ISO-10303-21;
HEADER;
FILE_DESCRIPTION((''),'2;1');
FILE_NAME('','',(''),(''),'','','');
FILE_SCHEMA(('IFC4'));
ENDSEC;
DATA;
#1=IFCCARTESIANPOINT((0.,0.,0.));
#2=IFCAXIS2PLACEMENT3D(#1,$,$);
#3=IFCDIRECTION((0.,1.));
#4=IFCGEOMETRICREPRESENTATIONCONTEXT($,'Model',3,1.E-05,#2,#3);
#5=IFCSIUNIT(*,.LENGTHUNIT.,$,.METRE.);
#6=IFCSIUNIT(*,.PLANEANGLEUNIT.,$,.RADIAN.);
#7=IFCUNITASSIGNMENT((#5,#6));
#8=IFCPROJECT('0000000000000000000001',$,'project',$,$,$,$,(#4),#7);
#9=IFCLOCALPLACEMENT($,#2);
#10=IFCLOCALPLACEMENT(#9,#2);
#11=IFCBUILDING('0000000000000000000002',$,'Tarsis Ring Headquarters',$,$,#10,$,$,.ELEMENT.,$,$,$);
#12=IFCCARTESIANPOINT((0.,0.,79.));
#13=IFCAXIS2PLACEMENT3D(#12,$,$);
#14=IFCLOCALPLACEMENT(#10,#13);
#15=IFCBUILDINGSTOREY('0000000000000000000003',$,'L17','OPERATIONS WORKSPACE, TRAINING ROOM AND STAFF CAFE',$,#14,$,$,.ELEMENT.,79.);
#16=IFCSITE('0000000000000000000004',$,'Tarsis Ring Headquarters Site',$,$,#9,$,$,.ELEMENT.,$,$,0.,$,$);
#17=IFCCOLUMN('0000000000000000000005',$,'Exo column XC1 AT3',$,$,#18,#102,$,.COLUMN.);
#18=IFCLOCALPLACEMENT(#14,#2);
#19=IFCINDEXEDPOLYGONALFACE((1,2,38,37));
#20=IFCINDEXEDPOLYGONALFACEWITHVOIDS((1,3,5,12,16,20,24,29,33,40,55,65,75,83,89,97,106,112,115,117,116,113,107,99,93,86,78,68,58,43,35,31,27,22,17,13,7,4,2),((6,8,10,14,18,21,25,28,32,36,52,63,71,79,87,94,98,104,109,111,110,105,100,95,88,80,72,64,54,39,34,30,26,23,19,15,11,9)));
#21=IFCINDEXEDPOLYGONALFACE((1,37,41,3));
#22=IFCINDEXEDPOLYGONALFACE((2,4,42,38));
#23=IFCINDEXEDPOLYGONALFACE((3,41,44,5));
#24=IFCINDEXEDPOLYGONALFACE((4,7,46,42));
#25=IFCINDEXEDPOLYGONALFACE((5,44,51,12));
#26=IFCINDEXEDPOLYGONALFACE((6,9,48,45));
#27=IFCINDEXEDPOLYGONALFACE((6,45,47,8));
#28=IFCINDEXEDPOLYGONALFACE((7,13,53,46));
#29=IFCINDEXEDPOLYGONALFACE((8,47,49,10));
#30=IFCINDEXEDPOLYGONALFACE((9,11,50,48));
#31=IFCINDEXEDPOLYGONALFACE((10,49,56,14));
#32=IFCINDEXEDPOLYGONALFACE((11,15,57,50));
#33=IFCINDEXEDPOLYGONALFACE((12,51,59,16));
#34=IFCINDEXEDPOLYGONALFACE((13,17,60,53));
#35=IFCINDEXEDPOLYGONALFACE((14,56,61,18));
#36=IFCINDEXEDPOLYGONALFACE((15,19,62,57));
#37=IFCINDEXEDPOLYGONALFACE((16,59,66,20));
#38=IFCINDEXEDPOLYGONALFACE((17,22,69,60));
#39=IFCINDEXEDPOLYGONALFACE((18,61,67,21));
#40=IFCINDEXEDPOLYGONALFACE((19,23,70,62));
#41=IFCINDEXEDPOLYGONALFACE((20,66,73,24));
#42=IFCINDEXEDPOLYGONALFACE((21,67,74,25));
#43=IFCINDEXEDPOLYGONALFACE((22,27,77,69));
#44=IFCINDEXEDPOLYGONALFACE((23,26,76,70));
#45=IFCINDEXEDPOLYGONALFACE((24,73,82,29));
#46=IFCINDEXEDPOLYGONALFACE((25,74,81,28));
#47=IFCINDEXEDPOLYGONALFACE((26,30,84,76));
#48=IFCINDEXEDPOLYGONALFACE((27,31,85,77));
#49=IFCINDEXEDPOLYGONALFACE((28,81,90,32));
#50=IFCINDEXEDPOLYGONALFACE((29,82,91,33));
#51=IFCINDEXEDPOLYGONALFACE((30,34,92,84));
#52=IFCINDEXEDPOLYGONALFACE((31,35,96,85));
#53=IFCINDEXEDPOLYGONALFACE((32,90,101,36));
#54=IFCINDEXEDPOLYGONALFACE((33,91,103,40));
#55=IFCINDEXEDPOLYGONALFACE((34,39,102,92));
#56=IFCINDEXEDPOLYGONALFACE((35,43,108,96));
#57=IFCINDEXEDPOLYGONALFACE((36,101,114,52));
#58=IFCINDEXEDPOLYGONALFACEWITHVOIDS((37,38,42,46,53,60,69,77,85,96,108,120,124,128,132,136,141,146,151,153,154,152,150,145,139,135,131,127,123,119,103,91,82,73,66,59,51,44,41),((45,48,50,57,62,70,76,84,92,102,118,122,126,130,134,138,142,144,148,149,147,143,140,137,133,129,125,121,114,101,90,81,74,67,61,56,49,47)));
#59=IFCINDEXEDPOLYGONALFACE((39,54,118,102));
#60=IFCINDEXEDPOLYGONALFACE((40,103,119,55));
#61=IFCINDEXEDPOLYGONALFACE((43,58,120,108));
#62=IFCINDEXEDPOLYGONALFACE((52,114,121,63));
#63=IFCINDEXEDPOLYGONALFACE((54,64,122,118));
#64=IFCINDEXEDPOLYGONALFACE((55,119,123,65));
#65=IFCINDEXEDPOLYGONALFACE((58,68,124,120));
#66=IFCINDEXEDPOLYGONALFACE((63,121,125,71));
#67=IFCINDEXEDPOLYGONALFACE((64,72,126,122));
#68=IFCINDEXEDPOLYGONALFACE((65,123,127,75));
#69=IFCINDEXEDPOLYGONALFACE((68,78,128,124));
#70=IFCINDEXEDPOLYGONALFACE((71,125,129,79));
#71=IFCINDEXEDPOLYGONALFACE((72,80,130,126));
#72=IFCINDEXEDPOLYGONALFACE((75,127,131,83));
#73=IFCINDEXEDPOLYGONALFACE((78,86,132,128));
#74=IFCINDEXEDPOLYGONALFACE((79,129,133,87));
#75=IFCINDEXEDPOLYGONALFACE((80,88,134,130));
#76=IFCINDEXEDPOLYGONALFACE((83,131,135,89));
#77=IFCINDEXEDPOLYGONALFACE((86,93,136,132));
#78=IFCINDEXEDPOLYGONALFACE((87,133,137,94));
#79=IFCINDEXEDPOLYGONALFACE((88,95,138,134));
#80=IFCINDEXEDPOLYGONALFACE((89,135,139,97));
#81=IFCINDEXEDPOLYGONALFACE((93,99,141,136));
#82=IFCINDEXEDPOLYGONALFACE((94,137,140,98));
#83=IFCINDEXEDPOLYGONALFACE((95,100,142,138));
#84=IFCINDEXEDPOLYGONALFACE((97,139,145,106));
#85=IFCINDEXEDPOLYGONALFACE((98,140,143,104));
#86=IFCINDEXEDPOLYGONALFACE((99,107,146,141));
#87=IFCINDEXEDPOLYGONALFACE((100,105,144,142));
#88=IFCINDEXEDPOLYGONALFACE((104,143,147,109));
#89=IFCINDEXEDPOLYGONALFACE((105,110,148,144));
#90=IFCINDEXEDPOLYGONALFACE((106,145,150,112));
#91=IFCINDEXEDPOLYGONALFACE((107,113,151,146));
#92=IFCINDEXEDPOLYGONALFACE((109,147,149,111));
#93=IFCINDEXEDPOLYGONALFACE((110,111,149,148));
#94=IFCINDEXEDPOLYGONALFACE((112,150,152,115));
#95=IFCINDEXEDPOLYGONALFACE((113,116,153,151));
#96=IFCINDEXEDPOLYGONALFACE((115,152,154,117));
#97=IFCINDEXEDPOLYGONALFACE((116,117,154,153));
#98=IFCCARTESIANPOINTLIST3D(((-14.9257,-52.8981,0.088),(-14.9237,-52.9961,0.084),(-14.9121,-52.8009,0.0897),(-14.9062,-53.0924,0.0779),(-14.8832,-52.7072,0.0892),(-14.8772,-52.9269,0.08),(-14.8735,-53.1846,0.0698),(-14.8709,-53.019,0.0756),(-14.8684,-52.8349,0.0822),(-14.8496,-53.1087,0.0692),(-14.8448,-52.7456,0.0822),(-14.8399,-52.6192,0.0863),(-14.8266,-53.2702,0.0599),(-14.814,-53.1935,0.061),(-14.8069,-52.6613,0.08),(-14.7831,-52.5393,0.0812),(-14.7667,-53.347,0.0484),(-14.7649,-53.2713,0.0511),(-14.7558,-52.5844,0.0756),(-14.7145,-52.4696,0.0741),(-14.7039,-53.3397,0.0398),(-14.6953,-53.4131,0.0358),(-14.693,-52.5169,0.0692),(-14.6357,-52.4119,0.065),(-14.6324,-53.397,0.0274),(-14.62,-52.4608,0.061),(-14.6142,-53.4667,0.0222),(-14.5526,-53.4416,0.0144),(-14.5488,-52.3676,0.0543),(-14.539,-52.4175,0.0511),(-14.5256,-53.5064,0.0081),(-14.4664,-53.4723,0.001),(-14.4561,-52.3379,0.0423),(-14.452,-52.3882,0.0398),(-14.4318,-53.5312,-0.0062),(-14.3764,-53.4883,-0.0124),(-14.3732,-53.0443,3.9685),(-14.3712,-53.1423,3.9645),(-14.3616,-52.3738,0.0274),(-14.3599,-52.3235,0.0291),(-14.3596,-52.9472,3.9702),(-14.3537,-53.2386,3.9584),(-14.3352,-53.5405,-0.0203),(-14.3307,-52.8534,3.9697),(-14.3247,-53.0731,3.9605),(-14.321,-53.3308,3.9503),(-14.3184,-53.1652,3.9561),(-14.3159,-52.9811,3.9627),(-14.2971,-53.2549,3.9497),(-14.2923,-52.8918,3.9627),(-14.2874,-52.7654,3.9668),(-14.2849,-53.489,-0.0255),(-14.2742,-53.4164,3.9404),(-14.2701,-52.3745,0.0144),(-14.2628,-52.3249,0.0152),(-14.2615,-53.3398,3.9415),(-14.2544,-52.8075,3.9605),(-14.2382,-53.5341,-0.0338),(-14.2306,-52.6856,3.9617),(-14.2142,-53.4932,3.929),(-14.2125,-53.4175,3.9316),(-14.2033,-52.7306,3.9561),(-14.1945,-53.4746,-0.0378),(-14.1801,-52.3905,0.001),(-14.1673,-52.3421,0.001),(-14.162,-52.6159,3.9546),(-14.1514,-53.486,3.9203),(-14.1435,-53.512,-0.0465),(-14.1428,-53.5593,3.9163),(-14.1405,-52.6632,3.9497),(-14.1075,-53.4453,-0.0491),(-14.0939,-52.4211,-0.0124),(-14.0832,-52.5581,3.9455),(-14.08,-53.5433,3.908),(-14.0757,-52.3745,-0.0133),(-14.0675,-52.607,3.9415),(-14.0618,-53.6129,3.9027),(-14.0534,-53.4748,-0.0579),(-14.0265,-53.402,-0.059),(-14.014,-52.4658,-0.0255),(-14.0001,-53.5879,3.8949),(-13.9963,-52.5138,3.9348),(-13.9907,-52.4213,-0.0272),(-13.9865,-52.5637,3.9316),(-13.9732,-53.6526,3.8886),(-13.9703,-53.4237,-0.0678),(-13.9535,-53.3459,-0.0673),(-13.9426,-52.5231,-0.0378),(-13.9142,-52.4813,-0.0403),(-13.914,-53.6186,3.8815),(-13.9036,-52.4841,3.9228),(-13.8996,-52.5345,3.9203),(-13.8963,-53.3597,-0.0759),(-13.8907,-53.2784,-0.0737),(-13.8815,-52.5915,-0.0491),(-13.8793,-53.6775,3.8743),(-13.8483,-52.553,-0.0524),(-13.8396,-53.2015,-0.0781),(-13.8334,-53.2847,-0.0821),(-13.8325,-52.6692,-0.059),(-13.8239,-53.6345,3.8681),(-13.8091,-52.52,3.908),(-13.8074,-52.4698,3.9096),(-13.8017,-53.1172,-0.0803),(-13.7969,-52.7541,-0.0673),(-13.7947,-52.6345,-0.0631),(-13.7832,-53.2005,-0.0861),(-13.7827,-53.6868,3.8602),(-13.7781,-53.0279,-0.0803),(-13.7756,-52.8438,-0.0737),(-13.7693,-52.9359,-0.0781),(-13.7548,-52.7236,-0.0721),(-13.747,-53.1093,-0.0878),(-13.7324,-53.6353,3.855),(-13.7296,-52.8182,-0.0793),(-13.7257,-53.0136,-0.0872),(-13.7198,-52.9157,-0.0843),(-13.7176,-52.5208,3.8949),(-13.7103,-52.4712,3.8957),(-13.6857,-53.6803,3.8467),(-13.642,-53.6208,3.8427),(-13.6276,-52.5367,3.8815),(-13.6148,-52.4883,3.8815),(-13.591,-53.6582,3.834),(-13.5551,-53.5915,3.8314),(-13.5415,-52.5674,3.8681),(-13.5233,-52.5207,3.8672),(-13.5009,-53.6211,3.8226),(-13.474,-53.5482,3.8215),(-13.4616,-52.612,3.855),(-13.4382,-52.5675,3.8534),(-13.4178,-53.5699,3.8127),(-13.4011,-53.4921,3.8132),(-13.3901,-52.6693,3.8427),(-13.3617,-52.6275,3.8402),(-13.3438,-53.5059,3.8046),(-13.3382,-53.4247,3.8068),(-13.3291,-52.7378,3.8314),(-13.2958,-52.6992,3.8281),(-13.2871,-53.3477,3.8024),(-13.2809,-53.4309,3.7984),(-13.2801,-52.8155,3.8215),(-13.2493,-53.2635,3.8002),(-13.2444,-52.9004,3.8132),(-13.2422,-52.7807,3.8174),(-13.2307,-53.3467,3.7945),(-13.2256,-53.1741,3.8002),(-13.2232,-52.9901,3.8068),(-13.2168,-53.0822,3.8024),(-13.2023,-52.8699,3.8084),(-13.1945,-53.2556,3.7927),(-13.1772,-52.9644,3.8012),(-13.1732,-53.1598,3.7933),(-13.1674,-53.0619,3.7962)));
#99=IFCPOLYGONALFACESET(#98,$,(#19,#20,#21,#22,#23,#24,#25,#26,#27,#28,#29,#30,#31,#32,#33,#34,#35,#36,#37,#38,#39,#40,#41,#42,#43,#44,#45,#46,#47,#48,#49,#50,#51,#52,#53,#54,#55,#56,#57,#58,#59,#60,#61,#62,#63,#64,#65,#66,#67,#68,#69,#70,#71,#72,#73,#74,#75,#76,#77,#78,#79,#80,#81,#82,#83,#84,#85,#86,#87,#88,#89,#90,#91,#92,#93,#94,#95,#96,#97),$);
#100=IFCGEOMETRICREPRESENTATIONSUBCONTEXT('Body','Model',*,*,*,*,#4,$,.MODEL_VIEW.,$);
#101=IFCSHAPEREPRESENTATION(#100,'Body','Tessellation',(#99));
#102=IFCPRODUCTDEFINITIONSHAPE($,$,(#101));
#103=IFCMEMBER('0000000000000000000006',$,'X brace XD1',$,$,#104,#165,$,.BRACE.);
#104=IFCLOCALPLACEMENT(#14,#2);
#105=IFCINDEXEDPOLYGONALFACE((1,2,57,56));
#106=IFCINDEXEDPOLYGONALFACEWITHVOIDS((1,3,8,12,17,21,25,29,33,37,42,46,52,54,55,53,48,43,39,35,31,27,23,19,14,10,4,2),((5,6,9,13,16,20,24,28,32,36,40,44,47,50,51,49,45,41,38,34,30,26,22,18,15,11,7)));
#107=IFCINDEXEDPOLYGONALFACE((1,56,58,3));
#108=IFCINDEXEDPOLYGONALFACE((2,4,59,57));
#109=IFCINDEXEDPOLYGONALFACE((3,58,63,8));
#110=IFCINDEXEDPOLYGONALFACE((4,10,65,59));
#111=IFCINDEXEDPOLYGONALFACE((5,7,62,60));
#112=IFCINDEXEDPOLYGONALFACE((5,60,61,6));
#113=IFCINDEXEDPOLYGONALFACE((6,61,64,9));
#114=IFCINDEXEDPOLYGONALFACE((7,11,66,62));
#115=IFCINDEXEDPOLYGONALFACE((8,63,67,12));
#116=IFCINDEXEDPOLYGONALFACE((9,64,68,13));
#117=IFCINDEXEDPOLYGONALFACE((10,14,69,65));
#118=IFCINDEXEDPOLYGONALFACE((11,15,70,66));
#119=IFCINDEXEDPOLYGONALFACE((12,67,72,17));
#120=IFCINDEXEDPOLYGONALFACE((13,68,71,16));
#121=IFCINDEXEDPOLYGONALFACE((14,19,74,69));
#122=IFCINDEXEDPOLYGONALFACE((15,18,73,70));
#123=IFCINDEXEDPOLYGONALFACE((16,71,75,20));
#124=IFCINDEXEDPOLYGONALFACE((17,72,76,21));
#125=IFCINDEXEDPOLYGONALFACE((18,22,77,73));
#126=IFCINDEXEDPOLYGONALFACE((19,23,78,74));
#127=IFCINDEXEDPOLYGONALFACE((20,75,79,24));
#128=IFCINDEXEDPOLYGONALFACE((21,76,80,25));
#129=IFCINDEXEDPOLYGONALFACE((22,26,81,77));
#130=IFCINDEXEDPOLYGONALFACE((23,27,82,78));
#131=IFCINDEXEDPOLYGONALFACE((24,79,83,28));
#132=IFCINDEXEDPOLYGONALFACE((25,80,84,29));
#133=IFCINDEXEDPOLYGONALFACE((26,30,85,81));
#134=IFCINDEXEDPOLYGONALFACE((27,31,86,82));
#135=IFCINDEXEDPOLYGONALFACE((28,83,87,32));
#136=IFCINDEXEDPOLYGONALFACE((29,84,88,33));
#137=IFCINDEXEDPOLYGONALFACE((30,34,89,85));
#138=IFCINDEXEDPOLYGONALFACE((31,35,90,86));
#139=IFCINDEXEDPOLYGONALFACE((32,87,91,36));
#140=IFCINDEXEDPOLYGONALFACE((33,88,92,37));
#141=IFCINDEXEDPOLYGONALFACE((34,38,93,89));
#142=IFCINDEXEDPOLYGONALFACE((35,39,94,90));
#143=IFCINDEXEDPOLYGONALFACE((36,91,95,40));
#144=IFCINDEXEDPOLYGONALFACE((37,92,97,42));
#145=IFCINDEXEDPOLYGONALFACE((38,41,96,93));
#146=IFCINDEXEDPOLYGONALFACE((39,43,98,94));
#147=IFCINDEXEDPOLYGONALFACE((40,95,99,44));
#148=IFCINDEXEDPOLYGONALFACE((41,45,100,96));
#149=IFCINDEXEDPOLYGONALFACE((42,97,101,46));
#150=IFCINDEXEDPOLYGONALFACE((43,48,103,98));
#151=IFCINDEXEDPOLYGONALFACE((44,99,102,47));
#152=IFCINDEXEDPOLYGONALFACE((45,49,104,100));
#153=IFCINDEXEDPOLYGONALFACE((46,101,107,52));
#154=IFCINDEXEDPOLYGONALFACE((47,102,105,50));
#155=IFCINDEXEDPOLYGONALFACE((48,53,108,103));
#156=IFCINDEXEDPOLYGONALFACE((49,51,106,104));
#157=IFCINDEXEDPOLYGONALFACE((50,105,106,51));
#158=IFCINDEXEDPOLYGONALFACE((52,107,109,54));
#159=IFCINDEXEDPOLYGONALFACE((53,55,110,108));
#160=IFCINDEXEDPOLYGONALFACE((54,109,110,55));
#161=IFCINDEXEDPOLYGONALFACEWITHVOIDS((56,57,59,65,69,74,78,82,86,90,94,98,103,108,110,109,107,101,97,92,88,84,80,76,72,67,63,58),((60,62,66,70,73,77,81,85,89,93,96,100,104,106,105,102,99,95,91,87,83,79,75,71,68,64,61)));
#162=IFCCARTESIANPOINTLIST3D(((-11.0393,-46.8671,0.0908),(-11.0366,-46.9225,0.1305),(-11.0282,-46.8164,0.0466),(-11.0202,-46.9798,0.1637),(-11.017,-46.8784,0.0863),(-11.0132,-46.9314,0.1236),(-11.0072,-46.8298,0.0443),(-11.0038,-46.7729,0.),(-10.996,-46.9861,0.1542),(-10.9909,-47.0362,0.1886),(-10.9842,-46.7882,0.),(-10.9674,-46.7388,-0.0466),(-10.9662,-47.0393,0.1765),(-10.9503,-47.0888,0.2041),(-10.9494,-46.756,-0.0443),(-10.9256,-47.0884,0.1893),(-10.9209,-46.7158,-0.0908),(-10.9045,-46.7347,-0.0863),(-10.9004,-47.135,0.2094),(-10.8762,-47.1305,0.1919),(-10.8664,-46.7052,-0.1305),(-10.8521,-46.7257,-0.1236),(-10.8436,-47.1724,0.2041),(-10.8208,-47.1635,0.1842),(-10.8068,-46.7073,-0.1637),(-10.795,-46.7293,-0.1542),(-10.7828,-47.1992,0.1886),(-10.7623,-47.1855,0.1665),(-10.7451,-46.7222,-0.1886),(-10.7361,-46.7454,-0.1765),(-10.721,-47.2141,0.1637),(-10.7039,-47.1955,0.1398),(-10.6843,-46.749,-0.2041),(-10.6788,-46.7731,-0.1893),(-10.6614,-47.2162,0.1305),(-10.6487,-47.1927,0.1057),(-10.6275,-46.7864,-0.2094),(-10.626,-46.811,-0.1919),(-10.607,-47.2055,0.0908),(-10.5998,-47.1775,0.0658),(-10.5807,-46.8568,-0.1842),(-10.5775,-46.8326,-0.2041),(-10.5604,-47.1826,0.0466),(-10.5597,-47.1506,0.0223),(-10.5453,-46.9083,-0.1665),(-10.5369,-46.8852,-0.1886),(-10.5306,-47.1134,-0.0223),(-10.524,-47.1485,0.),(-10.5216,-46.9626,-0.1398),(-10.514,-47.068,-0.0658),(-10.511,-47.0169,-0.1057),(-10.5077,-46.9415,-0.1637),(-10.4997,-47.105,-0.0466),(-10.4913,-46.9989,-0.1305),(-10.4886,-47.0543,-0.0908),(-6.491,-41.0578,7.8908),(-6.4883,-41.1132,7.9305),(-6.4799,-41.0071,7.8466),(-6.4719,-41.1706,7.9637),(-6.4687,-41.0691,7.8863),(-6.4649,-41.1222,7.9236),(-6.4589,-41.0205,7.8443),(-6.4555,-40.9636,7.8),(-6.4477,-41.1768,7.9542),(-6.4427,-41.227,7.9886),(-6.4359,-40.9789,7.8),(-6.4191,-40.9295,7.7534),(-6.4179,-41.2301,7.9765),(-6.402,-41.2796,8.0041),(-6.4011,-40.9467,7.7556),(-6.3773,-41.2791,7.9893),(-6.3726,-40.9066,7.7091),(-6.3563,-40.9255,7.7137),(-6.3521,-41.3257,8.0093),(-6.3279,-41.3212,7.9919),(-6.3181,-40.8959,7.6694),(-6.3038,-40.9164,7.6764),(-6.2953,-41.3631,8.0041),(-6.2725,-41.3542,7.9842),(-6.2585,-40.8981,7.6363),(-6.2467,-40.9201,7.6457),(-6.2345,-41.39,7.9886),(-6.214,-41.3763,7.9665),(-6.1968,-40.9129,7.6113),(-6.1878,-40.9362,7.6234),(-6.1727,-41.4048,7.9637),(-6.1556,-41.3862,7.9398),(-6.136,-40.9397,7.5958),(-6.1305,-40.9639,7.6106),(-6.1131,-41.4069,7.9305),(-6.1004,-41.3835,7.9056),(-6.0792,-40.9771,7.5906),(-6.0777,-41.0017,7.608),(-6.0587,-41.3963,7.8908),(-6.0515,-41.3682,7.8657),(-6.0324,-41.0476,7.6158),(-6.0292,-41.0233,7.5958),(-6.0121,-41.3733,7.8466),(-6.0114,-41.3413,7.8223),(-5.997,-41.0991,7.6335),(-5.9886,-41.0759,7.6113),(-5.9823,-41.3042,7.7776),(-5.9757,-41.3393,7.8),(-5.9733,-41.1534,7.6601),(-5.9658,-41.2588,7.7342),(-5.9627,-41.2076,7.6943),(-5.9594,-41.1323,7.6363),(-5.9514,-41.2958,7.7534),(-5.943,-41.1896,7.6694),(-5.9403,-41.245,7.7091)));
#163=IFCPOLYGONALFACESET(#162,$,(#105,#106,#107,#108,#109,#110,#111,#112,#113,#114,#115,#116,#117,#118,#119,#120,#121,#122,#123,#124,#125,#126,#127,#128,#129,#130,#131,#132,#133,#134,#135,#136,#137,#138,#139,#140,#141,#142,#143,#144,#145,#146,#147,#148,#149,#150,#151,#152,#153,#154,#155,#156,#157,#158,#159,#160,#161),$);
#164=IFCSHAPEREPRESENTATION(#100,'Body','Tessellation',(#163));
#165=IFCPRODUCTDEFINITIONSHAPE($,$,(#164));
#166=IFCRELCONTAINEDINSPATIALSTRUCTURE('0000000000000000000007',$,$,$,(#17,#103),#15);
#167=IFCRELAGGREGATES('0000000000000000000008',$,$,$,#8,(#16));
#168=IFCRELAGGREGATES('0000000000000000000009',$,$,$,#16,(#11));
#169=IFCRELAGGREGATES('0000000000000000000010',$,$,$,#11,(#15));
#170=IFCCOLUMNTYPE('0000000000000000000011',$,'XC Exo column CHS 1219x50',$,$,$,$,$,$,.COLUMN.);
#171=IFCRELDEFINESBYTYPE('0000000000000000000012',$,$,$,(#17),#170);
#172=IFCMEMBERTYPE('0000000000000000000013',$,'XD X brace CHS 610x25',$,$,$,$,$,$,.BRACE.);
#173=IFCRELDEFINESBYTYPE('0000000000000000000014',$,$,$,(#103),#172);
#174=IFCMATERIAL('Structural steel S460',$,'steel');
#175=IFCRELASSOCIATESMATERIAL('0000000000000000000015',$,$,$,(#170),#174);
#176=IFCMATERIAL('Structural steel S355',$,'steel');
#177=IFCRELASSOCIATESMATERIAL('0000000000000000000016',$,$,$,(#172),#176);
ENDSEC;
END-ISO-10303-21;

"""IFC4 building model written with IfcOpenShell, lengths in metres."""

from ifc_helpers import new_model, si_unit, direction, frame, origin, origin_2d, place, context, subcontext, project, spatial, hollow_circle, extrude, material, material_profile, profile_set, type_object, element, save


model = new_model("IFC4")

# Units and contexts
model_context = context("Model", 3, precision=1e-05, world=origin(), true_north=direction((0.0, 1.0)))
body_context = subcontext(model_context, "Body", "Model", "MODEL_VIEW")
ifc_project = project(units=[si_unit("LENGTHUNIT", "METRE"), si_unit("PLANEANGLEUNIT", "RADIAN")], contexts=[model_context])

# Site, building, storey
site_placement = place(None, origin())
site = spatial("IfcSite", under=ifc_project, at=site_placement, Name="Tarsis Ring Headquarters Site", CompositionType="ELEMENT", RefElevation=0.0)
building_placement = place(site_placement, origin())
building = spatial("IfcBuilding", under=site, at=building_placement, Name="Tarsis Ring Headquarters", CompositionType="ELEMENT")
storey_placement = place(building_placement, frame((0.0, 0.0, 79.0)))
storey = spatial("IfcBuildingStorey", under=building, at=storey_placement, Name="L17", Description="OPERATIONS WORKSPACE, TRAINING ROOM AND STAFF CAFE", CompositionType="ELEMENT", Elevation=79.0)

# Column
ifc_material_1 = material(Name="Structural steel S460", Category="steel")
ifc_material_profile_1 = material_profile(ifc_material_1, hollow_circle(Radius=0.6096, WallThickness=0.05, at=origin_2d()), Name="CHS 1219x50")
ifc_profile_set_1 = profile_set([ifc_material_profile_1], Name="Structural steel S460")
column_type = type_object("IfcColumnType", Name="XC Exo column CHS 1219x50", PredefinedType="COLUMN", material=ifc_profile_set_1)
column_placement = place(storey_placement, frame((-14.3232, -52.9314, 0.001), z_axis=(0.140852, -0.037283, 0.989328), x_axis=(0.255881, 0.966708, 0.0)))
element("IfcColumn", 1, at=column_placement, inside=storey, type_object=column_type, Name="Exo column XC1 AT3", PredefinedType="COLUMN", context=body_context, shape_type="SweptSolid", body=[
    extrude(hollow_circle(Radius=0.6096, WallThickness=0.05, at=origin_2d()), origin(), (0.0, 0.0, 1.0), 3.9224),
])

# Member
ifc_material_2 = material(Name="Structural steel S355", Category="steel")
ifc_material_profile_2 = material_profile(ifc_material_2, hollow_circle(Radius=0.3047, WallThickness=0.0249, at=origin_2d()), Name="CHS 610x25")
ifc_profile_set_2 = profile_set([ifc_material_profile_2], Name="Structural steel S355")
member_type = type_object("IfcMemberType", Name="XD X brace CHS 610x25", PredefinedType="BRACE", material=ifc_profile_set_2)
member_1_placement = place(storey_placement, frame((-10.7639, -46.9607, 0.0), z_axis=(0.423626, 0.541073, 0.726486), x_axis=(-0.787379, 0.616469, 0.0)))
element("IfcMember", 2, at=member_1_placement, inside=storey, type_object=member_type, Name="X brace XD1", PredefinedType="BRACE", context=body_context, shape_type="SweptSolid", body=[
    extrude(hollow_circle(Radius=0.3047, WallThickness=0.0249, at=origin_2d()), origin(), (0.0, 0.0, 1.0), 10.7366),
])

save(model, "model.ifc")
